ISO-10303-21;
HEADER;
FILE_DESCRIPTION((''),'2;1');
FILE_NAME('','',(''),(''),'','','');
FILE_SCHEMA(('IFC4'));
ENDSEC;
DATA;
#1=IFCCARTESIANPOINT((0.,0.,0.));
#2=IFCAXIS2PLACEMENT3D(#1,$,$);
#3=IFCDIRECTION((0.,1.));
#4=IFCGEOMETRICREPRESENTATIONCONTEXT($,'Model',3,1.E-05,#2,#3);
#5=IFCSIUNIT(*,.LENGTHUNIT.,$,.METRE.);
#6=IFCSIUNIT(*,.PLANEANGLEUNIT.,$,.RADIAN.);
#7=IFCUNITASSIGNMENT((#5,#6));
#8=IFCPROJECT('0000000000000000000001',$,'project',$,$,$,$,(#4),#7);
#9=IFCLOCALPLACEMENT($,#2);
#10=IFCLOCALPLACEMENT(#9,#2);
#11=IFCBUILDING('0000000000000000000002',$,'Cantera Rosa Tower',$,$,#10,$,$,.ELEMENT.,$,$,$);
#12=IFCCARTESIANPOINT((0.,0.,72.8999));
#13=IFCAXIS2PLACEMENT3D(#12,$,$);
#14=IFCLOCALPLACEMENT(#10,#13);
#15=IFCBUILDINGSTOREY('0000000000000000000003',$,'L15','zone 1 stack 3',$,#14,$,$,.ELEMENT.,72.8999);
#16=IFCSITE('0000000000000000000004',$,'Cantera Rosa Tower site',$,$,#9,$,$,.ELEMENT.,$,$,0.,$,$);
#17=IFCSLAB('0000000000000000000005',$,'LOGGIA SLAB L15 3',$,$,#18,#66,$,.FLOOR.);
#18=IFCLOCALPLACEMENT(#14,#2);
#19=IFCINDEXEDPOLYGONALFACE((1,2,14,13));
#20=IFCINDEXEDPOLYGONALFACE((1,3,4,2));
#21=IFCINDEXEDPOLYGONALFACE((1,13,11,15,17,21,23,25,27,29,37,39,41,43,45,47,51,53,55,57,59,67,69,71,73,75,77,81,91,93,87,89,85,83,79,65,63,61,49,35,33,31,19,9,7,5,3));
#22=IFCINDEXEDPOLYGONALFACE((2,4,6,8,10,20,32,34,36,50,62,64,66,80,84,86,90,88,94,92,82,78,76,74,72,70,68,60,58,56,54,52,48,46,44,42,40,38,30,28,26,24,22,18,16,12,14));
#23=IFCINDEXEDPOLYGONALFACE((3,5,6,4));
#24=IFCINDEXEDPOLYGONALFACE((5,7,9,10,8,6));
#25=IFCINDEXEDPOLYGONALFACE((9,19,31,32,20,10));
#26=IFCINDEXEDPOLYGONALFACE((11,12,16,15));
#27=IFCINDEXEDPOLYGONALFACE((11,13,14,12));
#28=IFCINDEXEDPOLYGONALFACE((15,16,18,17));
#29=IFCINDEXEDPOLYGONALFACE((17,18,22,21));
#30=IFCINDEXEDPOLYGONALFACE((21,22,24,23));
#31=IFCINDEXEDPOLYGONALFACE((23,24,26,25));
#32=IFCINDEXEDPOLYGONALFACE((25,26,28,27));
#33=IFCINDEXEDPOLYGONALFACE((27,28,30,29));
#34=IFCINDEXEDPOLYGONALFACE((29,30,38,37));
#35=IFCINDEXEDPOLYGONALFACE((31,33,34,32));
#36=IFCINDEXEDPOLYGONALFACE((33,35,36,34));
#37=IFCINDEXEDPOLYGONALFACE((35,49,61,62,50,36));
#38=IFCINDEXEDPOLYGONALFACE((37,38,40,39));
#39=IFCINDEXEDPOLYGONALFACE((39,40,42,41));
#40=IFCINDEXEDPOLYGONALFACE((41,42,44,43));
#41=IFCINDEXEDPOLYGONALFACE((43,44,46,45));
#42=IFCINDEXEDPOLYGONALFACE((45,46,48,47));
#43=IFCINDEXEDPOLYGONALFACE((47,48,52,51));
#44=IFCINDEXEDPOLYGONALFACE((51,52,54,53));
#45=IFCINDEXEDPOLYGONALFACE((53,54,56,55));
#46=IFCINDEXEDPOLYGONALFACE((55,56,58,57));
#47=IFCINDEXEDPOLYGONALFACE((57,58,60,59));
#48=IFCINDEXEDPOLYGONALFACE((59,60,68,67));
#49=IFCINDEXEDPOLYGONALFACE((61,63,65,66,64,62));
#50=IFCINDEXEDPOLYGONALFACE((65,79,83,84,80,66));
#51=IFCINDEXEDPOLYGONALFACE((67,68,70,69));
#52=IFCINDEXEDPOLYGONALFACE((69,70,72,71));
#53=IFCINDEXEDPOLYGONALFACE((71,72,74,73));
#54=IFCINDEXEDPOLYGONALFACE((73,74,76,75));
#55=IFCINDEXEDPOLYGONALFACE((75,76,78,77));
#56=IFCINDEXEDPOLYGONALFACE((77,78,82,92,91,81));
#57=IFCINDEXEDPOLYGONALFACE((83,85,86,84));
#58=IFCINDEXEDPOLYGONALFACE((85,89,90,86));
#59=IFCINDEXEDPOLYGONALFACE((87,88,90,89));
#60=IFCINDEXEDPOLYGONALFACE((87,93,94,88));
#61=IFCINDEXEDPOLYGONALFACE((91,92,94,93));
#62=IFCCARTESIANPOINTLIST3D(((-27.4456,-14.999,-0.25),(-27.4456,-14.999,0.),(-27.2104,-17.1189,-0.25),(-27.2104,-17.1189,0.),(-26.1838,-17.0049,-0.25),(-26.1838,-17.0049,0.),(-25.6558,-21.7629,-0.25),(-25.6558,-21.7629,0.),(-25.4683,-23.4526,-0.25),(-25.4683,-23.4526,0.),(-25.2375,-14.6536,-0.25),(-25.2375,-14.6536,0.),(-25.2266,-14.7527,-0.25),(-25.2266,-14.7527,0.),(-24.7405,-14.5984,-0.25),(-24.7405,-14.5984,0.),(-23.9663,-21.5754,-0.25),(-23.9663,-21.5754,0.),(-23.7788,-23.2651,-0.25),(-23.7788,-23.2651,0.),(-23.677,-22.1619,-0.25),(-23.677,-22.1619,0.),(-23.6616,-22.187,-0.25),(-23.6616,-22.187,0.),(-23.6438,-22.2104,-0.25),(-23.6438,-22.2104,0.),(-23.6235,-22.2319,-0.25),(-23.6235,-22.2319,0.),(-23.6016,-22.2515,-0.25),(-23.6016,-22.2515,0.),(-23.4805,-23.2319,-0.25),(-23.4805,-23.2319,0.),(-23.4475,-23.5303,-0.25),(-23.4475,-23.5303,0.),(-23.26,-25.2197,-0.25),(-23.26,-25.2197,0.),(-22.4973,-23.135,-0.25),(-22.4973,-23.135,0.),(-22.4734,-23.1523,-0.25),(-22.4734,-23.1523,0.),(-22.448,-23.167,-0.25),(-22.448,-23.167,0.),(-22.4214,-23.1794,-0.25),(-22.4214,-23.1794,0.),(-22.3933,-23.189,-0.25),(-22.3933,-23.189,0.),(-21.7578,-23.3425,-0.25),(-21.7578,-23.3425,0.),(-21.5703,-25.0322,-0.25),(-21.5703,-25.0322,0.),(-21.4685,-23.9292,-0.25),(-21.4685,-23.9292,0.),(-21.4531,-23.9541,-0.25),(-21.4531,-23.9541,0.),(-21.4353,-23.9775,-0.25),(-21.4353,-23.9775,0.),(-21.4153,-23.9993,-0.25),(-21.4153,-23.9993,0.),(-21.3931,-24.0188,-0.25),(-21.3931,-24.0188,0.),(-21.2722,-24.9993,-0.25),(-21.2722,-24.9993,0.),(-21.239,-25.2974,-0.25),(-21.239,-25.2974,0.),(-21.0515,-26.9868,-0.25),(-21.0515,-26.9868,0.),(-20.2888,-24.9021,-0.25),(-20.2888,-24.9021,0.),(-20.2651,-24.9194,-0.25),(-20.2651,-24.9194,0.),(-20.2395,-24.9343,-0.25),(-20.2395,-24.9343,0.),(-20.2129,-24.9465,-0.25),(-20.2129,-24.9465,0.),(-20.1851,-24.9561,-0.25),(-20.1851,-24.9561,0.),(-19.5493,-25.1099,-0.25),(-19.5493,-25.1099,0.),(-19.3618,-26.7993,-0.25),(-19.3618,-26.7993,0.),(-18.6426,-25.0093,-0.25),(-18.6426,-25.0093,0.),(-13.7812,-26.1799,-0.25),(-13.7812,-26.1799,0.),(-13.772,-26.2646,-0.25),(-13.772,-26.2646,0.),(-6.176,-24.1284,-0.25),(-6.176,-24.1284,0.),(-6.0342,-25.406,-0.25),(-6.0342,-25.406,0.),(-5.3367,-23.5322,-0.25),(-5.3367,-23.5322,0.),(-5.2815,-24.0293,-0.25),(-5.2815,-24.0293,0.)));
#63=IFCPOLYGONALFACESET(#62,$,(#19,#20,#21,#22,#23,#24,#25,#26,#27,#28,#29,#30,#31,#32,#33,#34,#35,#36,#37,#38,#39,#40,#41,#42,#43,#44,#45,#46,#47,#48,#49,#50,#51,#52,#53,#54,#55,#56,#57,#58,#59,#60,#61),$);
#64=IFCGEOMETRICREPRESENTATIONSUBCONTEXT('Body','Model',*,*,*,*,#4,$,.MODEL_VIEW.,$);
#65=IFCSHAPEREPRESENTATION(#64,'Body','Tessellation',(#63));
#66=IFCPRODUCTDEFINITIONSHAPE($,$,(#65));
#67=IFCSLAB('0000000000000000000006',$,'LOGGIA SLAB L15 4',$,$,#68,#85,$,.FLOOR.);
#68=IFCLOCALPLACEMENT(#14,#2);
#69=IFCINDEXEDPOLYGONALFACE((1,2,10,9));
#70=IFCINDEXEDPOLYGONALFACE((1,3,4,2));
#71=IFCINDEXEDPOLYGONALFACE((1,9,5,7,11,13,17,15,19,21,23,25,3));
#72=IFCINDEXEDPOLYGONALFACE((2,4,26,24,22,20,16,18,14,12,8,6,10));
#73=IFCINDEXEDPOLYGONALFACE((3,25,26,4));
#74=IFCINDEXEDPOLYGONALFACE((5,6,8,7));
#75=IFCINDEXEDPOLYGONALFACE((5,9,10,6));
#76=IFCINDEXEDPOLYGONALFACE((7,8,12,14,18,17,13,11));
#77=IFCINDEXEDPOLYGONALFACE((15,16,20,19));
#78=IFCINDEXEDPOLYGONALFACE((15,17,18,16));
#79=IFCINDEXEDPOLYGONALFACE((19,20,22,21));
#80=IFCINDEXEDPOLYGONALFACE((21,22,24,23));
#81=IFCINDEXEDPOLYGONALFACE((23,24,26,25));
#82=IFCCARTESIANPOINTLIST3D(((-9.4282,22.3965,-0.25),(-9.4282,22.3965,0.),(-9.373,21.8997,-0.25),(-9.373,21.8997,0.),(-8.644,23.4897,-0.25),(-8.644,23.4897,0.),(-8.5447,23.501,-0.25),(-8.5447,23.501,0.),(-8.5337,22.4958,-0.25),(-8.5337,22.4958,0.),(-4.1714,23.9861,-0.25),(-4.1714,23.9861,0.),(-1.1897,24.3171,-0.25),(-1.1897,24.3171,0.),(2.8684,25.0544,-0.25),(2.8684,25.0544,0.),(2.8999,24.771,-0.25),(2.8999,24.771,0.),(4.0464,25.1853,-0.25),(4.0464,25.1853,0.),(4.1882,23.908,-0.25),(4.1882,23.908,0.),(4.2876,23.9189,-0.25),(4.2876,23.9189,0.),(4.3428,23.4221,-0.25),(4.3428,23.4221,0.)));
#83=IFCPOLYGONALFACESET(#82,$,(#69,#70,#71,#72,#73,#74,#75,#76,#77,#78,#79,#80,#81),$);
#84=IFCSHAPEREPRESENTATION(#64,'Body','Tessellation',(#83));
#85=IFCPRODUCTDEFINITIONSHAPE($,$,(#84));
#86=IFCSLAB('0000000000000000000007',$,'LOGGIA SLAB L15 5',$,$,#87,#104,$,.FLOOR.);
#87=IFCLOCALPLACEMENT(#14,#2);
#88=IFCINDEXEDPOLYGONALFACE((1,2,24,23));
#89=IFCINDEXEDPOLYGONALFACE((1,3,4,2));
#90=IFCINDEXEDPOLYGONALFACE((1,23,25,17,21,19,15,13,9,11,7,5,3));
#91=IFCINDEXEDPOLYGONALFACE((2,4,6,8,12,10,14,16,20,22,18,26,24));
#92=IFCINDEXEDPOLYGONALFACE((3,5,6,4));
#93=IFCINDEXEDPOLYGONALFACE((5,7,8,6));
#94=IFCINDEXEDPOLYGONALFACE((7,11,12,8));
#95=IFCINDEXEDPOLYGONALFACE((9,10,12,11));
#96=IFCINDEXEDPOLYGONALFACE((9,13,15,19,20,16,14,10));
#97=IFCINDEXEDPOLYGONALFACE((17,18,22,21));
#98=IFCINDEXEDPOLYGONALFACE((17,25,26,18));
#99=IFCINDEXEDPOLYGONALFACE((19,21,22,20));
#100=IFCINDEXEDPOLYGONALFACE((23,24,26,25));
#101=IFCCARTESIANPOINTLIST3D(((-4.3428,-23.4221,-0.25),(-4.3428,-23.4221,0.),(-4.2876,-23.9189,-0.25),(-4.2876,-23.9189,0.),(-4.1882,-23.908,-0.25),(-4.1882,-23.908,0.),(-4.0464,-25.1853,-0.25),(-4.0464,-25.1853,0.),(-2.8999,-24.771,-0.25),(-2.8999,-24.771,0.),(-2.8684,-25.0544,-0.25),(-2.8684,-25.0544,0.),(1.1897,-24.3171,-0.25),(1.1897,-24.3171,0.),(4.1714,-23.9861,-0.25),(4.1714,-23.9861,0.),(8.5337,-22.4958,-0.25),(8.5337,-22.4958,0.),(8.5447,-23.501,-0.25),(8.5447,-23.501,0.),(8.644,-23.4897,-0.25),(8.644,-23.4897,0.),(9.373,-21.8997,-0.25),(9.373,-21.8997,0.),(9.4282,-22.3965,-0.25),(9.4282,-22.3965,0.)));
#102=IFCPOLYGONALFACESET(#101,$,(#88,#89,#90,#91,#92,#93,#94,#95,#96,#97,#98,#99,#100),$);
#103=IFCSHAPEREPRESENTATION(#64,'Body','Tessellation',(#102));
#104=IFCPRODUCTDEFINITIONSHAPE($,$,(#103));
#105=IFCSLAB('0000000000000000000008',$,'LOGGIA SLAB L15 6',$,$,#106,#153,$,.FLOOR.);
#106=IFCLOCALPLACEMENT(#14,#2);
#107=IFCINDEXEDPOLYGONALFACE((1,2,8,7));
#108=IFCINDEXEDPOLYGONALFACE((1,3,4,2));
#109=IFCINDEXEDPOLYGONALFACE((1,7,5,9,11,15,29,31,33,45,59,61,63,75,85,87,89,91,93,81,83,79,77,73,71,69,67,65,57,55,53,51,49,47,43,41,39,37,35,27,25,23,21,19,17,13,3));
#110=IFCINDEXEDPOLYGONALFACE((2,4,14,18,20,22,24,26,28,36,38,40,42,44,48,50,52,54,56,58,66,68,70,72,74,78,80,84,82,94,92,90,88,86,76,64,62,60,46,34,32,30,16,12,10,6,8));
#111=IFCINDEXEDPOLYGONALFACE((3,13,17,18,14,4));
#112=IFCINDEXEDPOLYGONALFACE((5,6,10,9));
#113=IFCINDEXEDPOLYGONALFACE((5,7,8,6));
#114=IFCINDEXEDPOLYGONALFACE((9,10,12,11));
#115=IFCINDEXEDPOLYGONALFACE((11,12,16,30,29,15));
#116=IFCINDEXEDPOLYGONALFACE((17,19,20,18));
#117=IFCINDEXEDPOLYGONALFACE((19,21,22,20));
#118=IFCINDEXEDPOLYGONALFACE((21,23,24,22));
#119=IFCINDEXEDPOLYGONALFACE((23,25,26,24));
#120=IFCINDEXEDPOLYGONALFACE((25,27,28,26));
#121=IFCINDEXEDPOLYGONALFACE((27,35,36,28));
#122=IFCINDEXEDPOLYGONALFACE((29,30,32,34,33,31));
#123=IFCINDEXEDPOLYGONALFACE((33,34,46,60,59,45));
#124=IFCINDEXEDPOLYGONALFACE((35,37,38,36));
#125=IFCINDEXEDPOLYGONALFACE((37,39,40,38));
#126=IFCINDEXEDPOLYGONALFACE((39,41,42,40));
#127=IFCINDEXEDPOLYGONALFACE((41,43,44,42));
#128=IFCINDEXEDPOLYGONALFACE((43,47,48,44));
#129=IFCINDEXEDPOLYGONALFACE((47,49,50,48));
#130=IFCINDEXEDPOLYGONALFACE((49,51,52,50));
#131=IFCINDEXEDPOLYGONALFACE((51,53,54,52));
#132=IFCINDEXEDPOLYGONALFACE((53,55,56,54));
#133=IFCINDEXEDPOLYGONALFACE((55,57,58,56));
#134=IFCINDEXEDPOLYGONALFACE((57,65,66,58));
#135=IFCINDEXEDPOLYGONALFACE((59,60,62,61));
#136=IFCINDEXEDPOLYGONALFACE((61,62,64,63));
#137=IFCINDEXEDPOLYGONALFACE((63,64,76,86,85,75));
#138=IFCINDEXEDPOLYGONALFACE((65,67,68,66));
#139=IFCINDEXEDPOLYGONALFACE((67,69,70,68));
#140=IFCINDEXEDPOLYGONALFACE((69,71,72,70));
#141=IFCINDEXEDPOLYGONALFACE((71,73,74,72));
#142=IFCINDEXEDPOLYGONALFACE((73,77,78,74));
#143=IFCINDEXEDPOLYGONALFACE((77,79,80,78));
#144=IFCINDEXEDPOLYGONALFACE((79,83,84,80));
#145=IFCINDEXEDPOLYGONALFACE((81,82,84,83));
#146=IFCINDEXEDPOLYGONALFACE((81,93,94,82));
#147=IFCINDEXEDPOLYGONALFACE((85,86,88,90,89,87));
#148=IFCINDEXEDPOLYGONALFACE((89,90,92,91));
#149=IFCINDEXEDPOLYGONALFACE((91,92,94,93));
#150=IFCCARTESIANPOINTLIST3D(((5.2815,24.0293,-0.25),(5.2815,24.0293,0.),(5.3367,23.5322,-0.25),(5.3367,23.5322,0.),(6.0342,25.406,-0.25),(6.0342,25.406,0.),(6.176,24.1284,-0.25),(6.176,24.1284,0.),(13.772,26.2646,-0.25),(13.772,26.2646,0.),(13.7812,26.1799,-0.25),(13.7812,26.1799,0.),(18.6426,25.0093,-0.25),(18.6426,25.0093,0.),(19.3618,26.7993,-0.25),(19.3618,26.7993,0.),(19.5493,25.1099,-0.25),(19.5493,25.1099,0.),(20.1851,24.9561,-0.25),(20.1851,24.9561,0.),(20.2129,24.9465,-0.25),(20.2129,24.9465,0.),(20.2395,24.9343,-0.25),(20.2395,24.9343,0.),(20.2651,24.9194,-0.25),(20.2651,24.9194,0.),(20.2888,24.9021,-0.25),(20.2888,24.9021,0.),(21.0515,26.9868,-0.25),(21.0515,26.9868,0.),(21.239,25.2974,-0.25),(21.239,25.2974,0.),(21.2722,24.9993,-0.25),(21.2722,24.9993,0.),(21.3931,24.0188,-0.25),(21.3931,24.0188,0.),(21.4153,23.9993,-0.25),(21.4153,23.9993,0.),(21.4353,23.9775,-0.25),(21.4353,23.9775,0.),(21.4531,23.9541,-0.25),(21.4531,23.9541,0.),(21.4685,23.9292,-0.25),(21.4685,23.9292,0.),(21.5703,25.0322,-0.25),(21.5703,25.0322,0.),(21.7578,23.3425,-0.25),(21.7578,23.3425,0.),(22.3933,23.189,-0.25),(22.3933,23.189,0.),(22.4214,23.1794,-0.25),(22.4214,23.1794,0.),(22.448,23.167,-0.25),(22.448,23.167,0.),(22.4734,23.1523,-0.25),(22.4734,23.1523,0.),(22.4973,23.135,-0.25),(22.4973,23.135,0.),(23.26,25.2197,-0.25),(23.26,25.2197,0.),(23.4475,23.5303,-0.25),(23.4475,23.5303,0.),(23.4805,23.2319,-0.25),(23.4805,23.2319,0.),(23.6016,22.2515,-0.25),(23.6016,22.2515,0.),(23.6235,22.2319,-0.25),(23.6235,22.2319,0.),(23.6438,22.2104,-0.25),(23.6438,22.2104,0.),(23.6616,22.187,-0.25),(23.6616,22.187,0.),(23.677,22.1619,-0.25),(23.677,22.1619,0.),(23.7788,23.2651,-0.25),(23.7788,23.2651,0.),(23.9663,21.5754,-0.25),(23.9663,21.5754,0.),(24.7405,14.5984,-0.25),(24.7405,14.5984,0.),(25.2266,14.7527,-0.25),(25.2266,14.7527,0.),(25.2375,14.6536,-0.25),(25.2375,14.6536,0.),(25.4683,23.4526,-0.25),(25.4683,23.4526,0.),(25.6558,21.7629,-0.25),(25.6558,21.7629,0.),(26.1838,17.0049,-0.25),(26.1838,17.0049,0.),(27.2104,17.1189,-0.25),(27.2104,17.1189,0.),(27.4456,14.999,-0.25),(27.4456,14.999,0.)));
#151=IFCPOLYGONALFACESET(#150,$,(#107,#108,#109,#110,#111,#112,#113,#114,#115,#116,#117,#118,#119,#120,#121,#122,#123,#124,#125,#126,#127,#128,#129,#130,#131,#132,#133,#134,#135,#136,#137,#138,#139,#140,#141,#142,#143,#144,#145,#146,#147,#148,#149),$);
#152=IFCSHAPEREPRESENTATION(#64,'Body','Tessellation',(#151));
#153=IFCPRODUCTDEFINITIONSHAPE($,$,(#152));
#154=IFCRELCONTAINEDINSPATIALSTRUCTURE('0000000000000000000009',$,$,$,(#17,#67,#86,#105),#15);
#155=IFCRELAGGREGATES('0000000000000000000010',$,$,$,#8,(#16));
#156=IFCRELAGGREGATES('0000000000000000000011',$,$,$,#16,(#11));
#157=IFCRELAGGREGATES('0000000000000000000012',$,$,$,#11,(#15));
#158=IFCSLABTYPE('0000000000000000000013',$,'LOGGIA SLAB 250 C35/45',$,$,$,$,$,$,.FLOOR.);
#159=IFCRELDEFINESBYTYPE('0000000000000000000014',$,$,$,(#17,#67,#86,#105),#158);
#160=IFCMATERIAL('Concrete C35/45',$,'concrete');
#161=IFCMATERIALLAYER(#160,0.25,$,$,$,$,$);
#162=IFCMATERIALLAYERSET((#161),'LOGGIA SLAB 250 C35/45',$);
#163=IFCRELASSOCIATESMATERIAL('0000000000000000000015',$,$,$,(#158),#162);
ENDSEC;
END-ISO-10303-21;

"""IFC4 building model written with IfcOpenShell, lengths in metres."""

from ifc_helpers import new_model, si_unit, direction, frame, origin, place, context, subcontext, project, spatial, polyline, outline, extrude, material, layer, layer_set, type_object, element, save


model = new_model("IFC4")

# Units and contexts
model_context = context("Model", 3, precision=1e-05, world=origin(), true_north=direction((0.0, 1.0)))
body_context = subcontext(model_context, "Body", "Model", "MODEL_VIEW")
ifc_project = project(units=[si_unit("LENGTHUNIT", "METRE"), si_unit("PLANEANGLEUNIT", "RADIAN")], contexts=[model_context])

# Site, building, storey
site_placement = place(None, origin())
site = spatial("IfcSite", under=ifc_project, at=site_placement, Name="Cantera Rosa Tower site", CompositionType="ELEMENT", RefElevation=0.0)
building_placement = place(site_placement, origin())
building = spatial("IfcBuilding", under=site, at=building_placement, Name="Cantera Rosa Tower", CompositionType="ELEMENT")
storey_placement = place(building_placement, frame((0.0, 0.0, 72.8999)))
storey = spatial("IfcBuildingStorey", under=building, at=storey_placement, Name="L15", Description="zone 1 stack 3", CompositionType="ELEMENT", Elevation=72.8999)

# Slabs
ifc_material_1 = material(Name="Concrete C35/45", Category="concrete")
ifc_layer_1 = layer(ifc_material_1, 0.25)
ifc_layer_set_1 = layer_set([ifc_layer_1], Name="LOGGIA SLAB 250 C35/45")
slab_type_1 = type_object("IfcSlabType", Name="LOGGIA SLAB 250 C35/45", PredefinedType="FLOOR", material=ifc_layer_set_1)
slab_1_placement = place(storey_placement, frame((0.0, 0.0, -0.25)))
element("IfcSlab", 1, at=slab_1_placement, inside=storey, type_object=slab_type_1, Name="LOGGIA SLAB L15 3", PredefinedType="FLOOR", context=body_context, shape_type="SweptSolid", body=[
    extrude(outline(polyline([(-19.3618, -26.7993), (-21.0515, -26.9868), (-21.239, -25.2974), (-21.2722, -24.9993), (-21.5703, -25.0322), (-23.26, -25.2197), (-23.4475, -23.5303), (-23.4805, -23.2319), (-23.7788, -23.2651), (-25.4683, -23.4526), (-25.6558, -21.7629), (-26.1838, -17.0049), (-27.2104, -17.1189), (-27.4456, -14.999), (-25.2266, -14.7527), (-25.2375, -14.6536), (-24.7405, -14.5984), (-23.9663, -21.5754), (-23.677, -22.1619), (-23.6616, -22.187), (-23.6438, -22.2104), (-23.6235, -22.2319), (-23.6016, -22.2515), (-22.4973, -23.135), (-22.4734, -23.1523), (-22.448, -23.167), (-22.4214, -23.1794), (-22.3933, -23.189), (-21.7578, -23.3425), (-21.4685, -23.9292), (-21.4531, -23.9541), (-21.4353, -23.9775), (-21.4153, -23.9993), (-21.3931, -24.0188), (-20.2888, -24.9021), (-20.2651, -24.9194), (-20.2395, -24.9343), (-20.2129, -24.9465), (-20.1851, -24.9561), (-19.5493, -25.1099), (-18.6426, -25.0093), (-5.3367, -23.5322), (-5.2815, -24.0293), (-6.176, -24.1284), (-6.0342, -25.406), (-13.772, -26.2646), (-13.7812, -26.1799), (-19.3618, -26.7993)])), origin(), (0.0, 0.0, 1.0), 0.25),
])
slab_2_placement = place(storey_placement, frame((0.0, 0.0, -0.25)))
element("IfcSlab", 2, at=slab_2_placement, inside=storey, type_object=slab_type_1, Name="LOGGIA SLAB L15 4", PredefinedType="FLOOR", context=body_context, shape_type="SweptSolid", body=[
    extrude(outline(polyline([(-1.1897, 24.3171), (2.8999, 24.771), (2.8684, 25.0544), (4.0464, 25.1853), (4.1882, 23.908), (4.2876, 23.9189), (4.3428, 23.4221), (-9.373, 21.8997), (-9.4282, 22.3965), (-8.5337, 22.4958), (-8.644, 23.4897), (-8.5447, 23.501), (-4.1714, 23.9861), (-1.1897, 24.3171)])), origin(), (0.0, 0.0, 1.0), 0.25),
])
slab_3_placement = place(storey_placement, frame((0.0, 0.0, -0.25)))
element("IfcSlab", 3, at=slab_3_placement, inside=storey, type_object=slab_type_1, Name="LOGGIA SLAB L15 5", PredefinedType="FLOOR", context=body_context, shape_type="SweptSolid", body=[
    extrude(outline(polyline([(-4.1882, -23.908), (-4.2876, -23.9189), (-4.3428, -23.4221), (9.373, -21.8997), (9.4282, -22.3965), (8.5337, -22.4958), (8.644, -23.4897), (8.5447, -23.501), (4.1714, -23.9861), (1.1897, -24.3171), (-2.8999, -24.771), (-2.8684, -25.0544), (-4.0464, -25.1853), (-4.1882, -23.908)])), origin(), (0.0, 0.0, 1.0), 0.25),
])
slab_4_placement = place(storey_placement, frame((0.0, 0.0, -0.25)))
element("IfcSlab", 4, at=slab_4_placement, inside=storey, type_object=slab_type_1, Name="LOGGIA SLAB L15 6", PredefinedType="FLOOR", context=body_context, shape_type="SweptSolid", body=[
    extrude(outline(polyline([(19.3618, 26.7993), (21.0515, 26.9868), (21.239, 25.2974), (21.2722, 24.9993), (21.5703, 25.0322), (23.26, 25.2197), (23.4475, 23.5303), (23.4805, 23.2319), (23.7788, 23.2651), (25.4683, 23.4526), (25.6558, 21.7629), (26.1838, 17.0049), (27.2104, 17.1189), (27.4456, 14.999), (25.2266, 14.7527), (25.2375, 14.6536), (24.7405, 14.5984), (23.9663, 21.5754), (23.677, 22.1619), (23.6616, 22.187), (23.6438, 22.2104), (23.6235, 22.2319), (23.6016, 22.2515), (22.4973, 23.135), (22.4734, 23.1523), (22.448, 23.167), (22.4214, 23.1794), (22.3933, 23.189), (21.7578, 23.3425), (21.4685, 23.9292), (21.4531, 23.9541), (21.4353, 23.9775), (21.4153, 23.9993), (21.3931, 24.0188), (20.2888, 24.9021), (20.2651, 24.9194), (20.2395, 24.9343), (20.2129, 24.9465), (20.1851, 24.9561), (19.5493, 25.1099), (18.6426, 25.0093), (5.3367, 23.5322), (5.2815, 24.0293), (6.176, 24.1284), (6.0342, 25.406), (13.772, 26.2646), (13.7812, 26.1799), (19.3618, 26.7993)])), origin(), (0.0, 0.0, 1.0), 0.25),
])

save(model, "model.ifc")
